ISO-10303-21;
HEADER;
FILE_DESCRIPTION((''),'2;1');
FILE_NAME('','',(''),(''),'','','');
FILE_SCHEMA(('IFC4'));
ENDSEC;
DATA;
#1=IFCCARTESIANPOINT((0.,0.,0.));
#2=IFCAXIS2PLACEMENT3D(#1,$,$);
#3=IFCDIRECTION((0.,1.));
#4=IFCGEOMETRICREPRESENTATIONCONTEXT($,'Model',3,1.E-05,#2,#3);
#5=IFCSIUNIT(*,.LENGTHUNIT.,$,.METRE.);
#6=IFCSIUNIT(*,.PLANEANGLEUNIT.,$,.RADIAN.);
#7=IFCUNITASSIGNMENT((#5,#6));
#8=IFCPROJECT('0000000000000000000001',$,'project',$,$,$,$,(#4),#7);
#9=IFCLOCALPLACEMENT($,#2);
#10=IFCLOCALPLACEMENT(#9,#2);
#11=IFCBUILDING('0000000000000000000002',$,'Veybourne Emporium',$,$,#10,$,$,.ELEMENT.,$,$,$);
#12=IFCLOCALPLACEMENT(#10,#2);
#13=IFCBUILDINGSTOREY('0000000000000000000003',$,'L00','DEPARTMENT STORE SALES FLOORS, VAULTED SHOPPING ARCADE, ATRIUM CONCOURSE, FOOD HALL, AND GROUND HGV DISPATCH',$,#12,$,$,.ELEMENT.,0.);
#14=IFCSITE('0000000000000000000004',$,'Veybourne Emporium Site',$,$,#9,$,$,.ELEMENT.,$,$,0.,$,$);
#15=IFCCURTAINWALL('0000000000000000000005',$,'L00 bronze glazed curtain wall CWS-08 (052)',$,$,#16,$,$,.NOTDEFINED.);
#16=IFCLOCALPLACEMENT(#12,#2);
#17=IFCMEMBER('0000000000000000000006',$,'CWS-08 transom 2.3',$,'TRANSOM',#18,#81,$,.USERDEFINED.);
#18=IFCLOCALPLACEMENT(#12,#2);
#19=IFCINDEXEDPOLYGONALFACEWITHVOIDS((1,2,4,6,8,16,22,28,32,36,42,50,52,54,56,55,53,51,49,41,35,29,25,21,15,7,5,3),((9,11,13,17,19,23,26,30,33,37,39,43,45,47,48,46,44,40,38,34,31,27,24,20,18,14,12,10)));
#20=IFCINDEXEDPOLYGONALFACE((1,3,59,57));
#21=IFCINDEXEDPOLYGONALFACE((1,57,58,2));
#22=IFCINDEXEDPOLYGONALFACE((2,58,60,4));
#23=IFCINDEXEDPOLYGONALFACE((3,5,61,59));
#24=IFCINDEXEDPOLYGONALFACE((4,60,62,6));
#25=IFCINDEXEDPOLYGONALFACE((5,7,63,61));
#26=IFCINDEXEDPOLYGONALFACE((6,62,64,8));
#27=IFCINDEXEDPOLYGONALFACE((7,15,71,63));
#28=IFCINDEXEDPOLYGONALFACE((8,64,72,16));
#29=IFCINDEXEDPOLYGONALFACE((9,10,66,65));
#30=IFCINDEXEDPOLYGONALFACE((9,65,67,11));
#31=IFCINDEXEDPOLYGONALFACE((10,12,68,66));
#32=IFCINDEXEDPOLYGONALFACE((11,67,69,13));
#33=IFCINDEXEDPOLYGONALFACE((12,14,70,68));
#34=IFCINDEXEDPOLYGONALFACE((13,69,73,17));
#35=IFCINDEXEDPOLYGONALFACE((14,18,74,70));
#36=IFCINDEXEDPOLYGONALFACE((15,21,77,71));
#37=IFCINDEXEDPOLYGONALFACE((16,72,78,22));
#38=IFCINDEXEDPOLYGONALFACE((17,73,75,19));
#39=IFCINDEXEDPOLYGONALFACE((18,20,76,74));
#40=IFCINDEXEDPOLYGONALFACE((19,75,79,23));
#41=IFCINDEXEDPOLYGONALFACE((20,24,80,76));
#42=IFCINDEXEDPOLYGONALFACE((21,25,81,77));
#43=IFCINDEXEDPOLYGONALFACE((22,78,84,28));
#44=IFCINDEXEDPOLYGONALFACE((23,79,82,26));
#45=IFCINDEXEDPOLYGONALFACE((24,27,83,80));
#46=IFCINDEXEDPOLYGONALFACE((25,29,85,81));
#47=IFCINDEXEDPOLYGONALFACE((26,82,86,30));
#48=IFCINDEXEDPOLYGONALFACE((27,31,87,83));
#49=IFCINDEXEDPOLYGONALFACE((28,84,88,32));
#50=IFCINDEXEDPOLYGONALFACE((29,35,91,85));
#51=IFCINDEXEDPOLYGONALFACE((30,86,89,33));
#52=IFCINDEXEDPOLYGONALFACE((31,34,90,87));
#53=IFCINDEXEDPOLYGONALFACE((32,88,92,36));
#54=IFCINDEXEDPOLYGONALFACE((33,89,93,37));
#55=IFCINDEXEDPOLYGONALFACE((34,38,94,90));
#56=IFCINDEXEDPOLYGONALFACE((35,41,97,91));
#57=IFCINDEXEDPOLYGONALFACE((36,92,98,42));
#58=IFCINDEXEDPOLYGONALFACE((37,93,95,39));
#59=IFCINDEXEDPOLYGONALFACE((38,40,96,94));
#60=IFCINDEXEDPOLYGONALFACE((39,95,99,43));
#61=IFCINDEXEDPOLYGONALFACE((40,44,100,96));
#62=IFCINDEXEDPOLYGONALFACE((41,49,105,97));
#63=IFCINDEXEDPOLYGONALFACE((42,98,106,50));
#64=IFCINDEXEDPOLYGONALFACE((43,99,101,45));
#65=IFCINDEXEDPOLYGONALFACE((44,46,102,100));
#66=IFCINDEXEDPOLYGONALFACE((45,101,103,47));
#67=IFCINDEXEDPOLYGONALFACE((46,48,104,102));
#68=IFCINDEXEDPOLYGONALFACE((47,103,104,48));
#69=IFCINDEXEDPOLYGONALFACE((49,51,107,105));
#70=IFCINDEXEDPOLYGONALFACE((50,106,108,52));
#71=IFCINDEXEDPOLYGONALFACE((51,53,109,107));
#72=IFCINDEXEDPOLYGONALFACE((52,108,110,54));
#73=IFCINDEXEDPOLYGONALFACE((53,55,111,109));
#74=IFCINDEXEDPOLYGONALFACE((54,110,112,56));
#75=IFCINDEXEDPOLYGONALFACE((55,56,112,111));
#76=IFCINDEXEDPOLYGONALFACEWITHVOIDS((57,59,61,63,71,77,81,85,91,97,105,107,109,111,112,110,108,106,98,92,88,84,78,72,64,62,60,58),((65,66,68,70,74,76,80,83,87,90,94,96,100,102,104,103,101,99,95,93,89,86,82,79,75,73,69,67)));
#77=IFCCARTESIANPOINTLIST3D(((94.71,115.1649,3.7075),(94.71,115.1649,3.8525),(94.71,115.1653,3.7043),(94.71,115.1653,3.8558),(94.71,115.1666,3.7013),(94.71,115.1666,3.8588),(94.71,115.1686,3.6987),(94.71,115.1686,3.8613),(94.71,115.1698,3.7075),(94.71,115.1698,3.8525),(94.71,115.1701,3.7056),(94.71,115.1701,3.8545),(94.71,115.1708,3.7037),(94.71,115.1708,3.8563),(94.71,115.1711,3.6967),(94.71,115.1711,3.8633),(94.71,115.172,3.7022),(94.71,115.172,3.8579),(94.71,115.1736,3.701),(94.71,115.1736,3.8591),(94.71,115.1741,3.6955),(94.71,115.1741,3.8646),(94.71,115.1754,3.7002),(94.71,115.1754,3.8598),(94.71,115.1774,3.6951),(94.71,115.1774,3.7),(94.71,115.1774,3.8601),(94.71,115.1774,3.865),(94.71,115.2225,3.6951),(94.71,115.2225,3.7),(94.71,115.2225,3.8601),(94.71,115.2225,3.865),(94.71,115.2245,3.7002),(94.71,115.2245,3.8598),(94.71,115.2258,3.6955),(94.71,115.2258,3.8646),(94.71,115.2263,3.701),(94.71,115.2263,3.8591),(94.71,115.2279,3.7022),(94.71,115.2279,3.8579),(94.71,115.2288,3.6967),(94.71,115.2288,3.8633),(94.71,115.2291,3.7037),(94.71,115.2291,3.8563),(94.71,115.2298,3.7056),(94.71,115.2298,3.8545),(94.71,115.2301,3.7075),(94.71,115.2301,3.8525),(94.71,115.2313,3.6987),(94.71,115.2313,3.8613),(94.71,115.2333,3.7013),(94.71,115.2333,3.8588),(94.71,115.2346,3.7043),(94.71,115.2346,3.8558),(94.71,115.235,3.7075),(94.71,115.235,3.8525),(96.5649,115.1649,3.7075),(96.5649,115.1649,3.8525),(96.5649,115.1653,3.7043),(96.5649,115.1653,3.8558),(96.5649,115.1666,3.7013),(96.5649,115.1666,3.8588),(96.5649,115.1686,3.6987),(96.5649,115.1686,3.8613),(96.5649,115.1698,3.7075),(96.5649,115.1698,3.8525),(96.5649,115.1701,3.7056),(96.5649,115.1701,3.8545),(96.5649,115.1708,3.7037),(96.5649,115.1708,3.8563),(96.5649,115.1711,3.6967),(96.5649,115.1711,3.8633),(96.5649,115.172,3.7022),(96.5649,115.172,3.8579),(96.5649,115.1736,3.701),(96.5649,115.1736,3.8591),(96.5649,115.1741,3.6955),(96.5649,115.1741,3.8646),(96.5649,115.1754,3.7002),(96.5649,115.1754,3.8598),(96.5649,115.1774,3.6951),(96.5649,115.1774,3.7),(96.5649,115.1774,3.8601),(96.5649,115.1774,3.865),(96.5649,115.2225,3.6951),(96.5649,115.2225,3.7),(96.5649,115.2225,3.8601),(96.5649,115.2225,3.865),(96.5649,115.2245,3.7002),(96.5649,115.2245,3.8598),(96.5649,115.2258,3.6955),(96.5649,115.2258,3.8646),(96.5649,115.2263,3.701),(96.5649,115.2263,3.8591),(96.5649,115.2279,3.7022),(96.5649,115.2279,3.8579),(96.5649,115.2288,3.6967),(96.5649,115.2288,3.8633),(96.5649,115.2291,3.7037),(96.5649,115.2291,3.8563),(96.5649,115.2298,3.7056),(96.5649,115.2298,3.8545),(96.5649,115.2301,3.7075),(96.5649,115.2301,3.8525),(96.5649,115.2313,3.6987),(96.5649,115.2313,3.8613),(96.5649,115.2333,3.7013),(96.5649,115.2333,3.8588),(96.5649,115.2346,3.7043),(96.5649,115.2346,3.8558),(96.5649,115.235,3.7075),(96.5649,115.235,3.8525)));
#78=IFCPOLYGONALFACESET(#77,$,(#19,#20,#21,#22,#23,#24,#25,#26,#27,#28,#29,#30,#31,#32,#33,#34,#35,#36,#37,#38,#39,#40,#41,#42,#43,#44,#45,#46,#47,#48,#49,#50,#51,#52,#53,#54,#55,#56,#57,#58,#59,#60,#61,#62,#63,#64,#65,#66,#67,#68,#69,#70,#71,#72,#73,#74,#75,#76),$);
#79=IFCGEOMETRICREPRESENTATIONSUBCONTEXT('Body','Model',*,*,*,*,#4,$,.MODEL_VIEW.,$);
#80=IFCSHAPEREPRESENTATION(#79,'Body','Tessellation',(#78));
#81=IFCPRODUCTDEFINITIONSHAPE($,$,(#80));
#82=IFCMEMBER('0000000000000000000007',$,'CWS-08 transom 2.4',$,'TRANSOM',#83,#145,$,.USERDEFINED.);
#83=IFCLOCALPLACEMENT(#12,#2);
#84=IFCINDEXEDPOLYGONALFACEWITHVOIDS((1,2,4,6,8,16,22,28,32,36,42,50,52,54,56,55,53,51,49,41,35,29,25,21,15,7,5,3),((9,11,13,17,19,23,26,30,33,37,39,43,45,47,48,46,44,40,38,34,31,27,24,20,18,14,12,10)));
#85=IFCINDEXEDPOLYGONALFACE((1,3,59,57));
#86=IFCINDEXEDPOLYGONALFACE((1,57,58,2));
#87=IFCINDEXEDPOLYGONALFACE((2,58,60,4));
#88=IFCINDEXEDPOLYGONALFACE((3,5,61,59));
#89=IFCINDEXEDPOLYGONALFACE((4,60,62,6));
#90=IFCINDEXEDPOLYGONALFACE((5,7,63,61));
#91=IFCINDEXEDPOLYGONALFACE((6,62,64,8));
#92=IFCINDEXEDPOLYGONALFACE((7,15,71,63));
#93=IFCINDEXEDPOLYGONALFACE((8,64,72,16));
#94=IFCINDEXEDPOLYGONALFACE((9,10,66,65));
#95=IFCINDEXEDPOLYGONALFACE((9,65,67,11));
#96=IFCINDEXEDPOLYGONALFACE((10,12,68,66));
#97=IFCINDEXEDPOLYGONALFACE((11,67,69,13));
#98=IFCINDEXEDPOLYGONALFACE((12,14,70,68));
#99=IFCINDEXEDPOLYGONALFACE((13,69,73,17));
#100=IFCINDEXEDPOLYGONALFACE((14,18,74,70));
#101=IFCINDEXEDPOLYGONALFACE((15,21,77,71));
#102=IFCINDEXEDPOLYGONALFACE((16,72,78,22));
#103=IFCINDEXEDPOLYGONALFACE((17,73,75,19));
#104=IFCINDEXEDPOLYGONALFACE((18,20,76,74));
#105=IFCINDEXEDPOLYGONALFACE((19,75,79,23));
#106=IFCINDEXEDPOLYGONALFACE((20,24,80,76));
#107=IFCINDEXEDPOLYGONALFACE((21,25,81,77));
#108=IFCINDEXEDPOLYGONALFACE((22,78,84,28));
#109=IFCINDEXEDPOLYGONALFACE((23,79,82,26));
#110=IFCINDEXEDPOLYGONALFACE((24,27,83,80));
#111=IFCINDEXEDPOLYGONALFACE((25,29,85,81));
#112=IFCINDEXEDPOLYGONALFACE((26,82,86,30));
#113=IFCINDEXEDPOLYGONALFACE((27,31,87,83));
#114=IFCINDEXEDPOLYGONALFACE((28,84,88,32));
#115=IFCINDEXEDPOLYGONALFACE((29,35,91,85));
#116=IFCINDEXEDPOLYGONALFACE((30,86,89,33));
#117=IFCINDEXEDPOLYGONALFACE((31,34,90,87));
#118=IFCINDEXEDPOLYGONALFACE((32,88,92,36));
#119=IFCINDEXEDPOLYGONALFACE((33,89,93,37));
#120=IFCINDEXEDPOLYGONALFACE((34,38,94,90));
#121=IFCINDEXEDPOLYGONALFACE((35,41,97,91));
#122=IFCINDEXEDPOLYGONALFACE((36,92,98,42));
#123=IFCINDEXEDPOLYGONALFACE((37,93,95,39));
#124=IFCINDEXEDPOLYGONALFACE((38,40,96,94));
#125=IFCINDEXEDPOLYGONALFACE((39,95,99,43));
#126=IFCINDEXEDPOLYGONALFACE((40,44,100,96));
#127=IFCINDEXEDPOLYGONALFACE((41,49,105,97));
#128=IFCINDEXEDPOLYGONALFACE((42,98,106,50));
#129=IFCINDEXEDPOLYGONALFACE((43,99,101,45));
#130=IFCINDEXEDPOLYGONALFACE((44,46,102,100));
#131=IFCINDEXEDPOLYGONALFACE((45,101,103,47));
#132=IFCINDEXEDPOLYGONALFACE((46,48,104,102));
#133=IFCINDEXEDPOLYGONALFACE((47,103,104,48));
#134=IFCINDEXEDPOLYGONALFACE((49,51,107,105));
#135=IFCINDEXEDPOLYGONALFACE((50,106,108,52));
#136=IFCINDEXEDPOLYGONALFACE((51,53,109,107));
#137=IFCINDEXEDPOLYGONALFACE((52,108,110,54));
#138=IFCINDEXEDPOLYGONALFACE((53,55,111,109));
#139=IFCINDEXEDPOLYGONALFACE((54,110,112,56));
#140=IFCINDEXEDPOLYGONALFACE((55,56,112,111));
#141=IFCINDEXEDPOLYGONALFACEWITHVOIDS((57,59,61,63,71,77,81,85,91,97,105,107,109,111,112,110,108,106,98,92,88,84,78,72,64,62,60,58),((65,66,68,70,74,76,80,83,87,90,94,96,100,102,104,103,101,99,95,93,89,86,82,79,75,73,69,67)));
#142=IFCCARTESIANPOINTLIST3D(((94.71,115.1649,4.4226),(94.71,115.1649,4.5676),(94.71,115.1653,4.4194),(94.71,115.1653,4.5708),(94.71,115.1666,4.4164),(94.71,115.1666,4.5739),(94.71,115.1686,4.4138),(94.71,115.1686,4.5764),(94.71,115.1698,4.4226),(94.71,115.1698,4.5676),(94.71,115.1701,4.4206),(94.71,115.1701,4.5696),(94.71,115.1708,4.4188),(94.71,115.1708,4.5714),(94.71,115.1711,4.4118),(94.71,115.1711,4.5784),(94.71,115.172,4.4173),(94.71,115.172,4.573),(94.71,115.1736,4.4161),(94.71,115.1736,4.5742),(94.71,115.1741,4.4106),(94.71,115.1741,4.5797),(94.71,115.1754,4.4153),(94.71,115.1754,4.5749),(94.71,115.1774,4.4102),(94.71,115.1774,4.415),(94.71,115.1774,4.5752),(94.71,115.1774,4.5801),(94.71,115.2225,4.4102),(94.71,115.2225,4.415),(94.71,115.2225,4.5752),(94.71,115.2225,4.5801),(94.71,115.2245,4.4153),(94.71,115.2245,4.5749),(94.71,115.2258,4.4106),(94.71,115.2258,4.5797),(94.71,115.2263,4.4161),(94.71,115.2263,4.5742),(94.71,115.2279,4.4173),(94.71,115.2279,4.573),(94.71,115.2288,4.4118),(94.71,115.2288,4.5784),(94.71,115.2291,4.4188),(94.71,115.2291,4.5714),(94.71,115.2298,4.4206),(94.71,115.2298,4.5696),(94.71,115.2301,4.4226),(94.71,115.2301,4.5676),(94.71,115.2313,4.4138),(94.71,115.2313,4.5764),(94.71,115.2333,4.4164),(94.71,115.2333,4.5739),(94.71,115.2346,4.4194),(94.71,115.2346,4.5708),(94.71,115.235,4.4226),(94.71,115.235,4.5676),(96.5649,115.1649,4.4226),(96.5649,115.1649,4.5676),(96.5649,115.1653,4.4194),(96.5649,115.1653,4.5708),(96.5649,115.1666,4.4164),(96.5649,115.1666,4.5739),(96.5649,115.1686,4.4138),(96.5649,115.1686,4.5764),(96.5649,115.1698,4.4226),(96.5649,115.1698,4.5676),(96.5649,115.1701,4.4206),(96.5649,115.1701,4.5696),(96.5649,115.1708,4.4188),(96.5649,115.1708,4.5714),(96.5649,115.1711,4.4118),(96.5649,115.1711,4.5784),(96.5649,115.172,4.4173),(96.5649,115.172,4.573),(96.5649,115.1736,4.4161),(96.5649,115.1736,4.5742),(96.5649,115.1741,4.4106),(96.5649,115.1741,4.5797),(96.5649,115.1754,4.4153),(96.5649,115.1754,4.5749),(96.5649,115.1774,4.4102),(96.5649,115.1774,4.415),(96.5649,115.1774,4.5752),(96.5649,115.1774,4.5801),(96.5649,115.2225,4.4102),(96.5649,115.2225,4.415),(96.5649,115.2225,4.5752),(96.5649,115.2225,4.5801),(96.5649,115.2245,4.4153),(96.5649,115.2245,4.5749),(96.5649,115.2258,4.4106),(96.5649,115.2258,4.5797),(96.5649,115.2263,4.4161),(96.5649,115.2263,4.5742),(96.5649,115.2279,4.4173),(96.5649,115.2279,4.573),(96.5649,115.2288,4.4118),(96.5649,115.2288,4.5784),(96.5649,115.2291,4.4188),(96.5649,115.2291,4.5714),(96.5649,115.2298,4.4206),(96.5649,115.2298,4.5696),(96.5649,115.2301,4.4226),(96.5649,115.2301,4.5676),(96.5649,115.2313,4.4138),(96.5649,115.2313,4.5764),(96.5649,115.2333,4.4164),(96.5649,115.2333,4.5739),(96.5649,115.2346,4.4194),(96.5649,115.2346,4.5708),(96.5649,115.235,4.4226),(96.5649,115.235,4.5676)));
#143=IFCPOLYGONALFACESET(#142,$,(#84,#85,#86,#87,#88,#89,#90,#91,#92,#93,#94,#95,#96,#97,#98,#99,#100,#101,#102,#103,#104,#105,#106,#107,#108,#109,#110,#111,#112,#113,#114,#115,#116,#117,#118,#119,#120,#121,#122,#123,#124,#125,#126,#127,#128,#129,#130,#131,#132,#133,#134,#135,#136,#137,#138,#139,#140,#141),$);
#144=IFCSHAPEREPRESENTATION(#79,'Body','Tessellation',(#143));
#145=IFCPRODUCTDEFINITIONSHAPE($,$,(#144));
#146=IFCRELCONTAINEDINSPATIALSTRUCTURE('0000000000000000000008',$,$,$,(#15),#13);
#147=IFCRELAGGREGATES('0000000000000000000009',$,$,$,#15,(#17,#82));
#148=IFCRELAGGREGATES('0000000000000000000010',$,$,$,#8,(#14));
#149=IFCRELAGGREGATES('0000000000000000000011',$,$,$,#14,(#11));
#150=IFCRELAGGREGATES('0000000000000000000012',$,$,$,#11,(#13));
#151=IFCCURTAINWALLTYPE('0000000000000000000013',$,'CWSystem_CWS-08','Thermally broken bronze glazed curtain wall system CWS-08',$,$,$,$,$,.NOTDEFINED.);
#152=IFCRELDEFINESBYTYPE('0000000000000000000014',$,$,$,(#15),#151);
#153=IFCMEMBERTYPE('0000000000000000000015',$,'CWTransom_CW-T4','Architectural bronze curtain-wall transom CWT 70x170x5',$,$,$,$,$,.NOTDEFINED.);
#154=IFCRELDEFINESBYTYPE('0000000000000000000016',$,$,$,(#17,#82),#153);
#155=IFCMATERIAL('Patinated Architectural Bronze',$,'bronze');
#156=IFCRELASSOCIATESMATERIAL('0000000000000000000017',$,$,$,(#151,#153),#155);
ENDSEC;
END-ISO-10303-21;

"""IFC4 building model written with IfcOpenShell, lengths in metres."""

from ifc_helpers import new_model, si_unit, direction, frame, origin, origin_2d, place, context, subcontext, project, spatial, hollow_rectangle, extrude, material, material_profile, profile_set, type_object, element, aggregate, save


model = new_model("IFC4")

# Units and contexts
model_context = context("Model", 3, precision=1e-05, world=origin(), true_north=direction((0.0, 1.0)))
body_context = subcontext(model_context, "Body", "Model", "MODEL_VIEW")
ifc_project = project(units=[si_unit("LENGTHUNIT", "METRE"), si_unit("PLANEANGLEUNIT", "RADIAN")], contexts=[model_context])

# Site, building, storey
site_placement = place(None, origin())
site = spatial("IfcSite", under=ifc_project, at=site_placement, Name="Veybourne Emporium Site", CompositionType="ELEMENT", RefElevation=0.0)
building_placement = place(site_placement, origin())
building = spatial("IfcBuilding", under=site, at=building_placement, Name="Veybourne Emporium", CompositionType="ELEMENT")
storey_placement = place(building_placement, origin())
storey = spatial("IfcBuildingStorey", under=building, at=storey_placement, Name="L00", Description="DEPARTMENT STORE SALES FLOORS, VAULTED SHOPPING ARCADE, ATRIUM CONCOURSE, FOOD HALL, AND GROUND HGV DISPATCH", CompositionType="ELEMENT", Elevation=0.0)

# Curtain wall, members
ifc_material_1 = material(Name="Patinated Architectural Bronze", Category="bronze")
curtain_wall_type = type_object("IfcCurtainWallType", Name="CWSystem_CWS-08", Description="Thermally broken bronze glazed curtain wall system CWS-08", PredefinedType="NOTDEFINED", material=ifc_material_1)
curtain_wall_placement = place(storey_placement, origin())
curtain_wall = element("IfcCurtainWall", 1, at=curtain_wall_placement, inside=storey, type_object=curtain_wall_type, Name="L00 bronze glazed curtain wall CWS-08 (052)", PredefinedType="NOTDEFINED")
ifc_material_profile_1 = material_profile(ifc_material_1, hollow_rectangle(XDim=0.0701, YDim=0.1699, WallThickness=0.0049, InnerFilletRadius=0.0076, OuterFilletRadius=0.0125, at=origin_2d()), Name="CWT 70x170x5")
ifc_profile_set_1 = profile_set([ifc_material_profile_1], Name="Patinated Architectural Bronze")
member_type_1 = type_object("IfcMemberType", Name="CWTransom_CW-T4", Description="Architectural bronze curtain-wall transom CWT 70x170x5", PredefinedType="NOTDEFINED", material=ifc_profile_set_1)
member_1_placement = place(storey_placement, frame((94.71, 115.2, 3.78), z_axis=(1.0, 0.0, 0.0), x_axis=(0.0, 1.0, 0.0)))
member_1 = element("IfcMember", 2, at=member_1_placement, type_object=member_type_1, Name="CWS-08 transom 2.3", ObjectType="TRANSOM", PredefinedType="USERDEFINED", context=body_context, shape_type="SweptSolid", body=[
    extrude(hollow_rectangle(XDim=0.0701, YDim=0.1699, WallThickness=0.0049, InnerFilletRadius=0.0076, OuterFilletRadius=0.0125, at=origin_2d()), origin(), (0.0, 0.0, 1.0), 1.855),
])
member_2_placement = place(storey_placement, frame((94.71, 115.2, 4.4951), z_axis=(1.0, 0.0, 0.0), x_axis=(0.0, 1.0, 0.0)))
member_2 = element("IfcMember", 3, at=member_2_placement, type_object=member_type_1, Name="CWS-08 transom 2.4", ObjectType="TRANSOM", PredefinedType="USERDEFINED", context=body_context, shape_type="SweptSolid", body=[
    extrude(hollow_rectangle(XDim=0.0701, YDim=0.1699, WallThickness=0.0049, InnerFilletRadius=0.0076, OuterFilletRadius=0.0125, at=origin_2d()), origin(), (0.0, 0.0, 1.0), 1.855),
])

aggregate(curtain_wall, [member_1, member_2])

save(model, "model.ifc")
